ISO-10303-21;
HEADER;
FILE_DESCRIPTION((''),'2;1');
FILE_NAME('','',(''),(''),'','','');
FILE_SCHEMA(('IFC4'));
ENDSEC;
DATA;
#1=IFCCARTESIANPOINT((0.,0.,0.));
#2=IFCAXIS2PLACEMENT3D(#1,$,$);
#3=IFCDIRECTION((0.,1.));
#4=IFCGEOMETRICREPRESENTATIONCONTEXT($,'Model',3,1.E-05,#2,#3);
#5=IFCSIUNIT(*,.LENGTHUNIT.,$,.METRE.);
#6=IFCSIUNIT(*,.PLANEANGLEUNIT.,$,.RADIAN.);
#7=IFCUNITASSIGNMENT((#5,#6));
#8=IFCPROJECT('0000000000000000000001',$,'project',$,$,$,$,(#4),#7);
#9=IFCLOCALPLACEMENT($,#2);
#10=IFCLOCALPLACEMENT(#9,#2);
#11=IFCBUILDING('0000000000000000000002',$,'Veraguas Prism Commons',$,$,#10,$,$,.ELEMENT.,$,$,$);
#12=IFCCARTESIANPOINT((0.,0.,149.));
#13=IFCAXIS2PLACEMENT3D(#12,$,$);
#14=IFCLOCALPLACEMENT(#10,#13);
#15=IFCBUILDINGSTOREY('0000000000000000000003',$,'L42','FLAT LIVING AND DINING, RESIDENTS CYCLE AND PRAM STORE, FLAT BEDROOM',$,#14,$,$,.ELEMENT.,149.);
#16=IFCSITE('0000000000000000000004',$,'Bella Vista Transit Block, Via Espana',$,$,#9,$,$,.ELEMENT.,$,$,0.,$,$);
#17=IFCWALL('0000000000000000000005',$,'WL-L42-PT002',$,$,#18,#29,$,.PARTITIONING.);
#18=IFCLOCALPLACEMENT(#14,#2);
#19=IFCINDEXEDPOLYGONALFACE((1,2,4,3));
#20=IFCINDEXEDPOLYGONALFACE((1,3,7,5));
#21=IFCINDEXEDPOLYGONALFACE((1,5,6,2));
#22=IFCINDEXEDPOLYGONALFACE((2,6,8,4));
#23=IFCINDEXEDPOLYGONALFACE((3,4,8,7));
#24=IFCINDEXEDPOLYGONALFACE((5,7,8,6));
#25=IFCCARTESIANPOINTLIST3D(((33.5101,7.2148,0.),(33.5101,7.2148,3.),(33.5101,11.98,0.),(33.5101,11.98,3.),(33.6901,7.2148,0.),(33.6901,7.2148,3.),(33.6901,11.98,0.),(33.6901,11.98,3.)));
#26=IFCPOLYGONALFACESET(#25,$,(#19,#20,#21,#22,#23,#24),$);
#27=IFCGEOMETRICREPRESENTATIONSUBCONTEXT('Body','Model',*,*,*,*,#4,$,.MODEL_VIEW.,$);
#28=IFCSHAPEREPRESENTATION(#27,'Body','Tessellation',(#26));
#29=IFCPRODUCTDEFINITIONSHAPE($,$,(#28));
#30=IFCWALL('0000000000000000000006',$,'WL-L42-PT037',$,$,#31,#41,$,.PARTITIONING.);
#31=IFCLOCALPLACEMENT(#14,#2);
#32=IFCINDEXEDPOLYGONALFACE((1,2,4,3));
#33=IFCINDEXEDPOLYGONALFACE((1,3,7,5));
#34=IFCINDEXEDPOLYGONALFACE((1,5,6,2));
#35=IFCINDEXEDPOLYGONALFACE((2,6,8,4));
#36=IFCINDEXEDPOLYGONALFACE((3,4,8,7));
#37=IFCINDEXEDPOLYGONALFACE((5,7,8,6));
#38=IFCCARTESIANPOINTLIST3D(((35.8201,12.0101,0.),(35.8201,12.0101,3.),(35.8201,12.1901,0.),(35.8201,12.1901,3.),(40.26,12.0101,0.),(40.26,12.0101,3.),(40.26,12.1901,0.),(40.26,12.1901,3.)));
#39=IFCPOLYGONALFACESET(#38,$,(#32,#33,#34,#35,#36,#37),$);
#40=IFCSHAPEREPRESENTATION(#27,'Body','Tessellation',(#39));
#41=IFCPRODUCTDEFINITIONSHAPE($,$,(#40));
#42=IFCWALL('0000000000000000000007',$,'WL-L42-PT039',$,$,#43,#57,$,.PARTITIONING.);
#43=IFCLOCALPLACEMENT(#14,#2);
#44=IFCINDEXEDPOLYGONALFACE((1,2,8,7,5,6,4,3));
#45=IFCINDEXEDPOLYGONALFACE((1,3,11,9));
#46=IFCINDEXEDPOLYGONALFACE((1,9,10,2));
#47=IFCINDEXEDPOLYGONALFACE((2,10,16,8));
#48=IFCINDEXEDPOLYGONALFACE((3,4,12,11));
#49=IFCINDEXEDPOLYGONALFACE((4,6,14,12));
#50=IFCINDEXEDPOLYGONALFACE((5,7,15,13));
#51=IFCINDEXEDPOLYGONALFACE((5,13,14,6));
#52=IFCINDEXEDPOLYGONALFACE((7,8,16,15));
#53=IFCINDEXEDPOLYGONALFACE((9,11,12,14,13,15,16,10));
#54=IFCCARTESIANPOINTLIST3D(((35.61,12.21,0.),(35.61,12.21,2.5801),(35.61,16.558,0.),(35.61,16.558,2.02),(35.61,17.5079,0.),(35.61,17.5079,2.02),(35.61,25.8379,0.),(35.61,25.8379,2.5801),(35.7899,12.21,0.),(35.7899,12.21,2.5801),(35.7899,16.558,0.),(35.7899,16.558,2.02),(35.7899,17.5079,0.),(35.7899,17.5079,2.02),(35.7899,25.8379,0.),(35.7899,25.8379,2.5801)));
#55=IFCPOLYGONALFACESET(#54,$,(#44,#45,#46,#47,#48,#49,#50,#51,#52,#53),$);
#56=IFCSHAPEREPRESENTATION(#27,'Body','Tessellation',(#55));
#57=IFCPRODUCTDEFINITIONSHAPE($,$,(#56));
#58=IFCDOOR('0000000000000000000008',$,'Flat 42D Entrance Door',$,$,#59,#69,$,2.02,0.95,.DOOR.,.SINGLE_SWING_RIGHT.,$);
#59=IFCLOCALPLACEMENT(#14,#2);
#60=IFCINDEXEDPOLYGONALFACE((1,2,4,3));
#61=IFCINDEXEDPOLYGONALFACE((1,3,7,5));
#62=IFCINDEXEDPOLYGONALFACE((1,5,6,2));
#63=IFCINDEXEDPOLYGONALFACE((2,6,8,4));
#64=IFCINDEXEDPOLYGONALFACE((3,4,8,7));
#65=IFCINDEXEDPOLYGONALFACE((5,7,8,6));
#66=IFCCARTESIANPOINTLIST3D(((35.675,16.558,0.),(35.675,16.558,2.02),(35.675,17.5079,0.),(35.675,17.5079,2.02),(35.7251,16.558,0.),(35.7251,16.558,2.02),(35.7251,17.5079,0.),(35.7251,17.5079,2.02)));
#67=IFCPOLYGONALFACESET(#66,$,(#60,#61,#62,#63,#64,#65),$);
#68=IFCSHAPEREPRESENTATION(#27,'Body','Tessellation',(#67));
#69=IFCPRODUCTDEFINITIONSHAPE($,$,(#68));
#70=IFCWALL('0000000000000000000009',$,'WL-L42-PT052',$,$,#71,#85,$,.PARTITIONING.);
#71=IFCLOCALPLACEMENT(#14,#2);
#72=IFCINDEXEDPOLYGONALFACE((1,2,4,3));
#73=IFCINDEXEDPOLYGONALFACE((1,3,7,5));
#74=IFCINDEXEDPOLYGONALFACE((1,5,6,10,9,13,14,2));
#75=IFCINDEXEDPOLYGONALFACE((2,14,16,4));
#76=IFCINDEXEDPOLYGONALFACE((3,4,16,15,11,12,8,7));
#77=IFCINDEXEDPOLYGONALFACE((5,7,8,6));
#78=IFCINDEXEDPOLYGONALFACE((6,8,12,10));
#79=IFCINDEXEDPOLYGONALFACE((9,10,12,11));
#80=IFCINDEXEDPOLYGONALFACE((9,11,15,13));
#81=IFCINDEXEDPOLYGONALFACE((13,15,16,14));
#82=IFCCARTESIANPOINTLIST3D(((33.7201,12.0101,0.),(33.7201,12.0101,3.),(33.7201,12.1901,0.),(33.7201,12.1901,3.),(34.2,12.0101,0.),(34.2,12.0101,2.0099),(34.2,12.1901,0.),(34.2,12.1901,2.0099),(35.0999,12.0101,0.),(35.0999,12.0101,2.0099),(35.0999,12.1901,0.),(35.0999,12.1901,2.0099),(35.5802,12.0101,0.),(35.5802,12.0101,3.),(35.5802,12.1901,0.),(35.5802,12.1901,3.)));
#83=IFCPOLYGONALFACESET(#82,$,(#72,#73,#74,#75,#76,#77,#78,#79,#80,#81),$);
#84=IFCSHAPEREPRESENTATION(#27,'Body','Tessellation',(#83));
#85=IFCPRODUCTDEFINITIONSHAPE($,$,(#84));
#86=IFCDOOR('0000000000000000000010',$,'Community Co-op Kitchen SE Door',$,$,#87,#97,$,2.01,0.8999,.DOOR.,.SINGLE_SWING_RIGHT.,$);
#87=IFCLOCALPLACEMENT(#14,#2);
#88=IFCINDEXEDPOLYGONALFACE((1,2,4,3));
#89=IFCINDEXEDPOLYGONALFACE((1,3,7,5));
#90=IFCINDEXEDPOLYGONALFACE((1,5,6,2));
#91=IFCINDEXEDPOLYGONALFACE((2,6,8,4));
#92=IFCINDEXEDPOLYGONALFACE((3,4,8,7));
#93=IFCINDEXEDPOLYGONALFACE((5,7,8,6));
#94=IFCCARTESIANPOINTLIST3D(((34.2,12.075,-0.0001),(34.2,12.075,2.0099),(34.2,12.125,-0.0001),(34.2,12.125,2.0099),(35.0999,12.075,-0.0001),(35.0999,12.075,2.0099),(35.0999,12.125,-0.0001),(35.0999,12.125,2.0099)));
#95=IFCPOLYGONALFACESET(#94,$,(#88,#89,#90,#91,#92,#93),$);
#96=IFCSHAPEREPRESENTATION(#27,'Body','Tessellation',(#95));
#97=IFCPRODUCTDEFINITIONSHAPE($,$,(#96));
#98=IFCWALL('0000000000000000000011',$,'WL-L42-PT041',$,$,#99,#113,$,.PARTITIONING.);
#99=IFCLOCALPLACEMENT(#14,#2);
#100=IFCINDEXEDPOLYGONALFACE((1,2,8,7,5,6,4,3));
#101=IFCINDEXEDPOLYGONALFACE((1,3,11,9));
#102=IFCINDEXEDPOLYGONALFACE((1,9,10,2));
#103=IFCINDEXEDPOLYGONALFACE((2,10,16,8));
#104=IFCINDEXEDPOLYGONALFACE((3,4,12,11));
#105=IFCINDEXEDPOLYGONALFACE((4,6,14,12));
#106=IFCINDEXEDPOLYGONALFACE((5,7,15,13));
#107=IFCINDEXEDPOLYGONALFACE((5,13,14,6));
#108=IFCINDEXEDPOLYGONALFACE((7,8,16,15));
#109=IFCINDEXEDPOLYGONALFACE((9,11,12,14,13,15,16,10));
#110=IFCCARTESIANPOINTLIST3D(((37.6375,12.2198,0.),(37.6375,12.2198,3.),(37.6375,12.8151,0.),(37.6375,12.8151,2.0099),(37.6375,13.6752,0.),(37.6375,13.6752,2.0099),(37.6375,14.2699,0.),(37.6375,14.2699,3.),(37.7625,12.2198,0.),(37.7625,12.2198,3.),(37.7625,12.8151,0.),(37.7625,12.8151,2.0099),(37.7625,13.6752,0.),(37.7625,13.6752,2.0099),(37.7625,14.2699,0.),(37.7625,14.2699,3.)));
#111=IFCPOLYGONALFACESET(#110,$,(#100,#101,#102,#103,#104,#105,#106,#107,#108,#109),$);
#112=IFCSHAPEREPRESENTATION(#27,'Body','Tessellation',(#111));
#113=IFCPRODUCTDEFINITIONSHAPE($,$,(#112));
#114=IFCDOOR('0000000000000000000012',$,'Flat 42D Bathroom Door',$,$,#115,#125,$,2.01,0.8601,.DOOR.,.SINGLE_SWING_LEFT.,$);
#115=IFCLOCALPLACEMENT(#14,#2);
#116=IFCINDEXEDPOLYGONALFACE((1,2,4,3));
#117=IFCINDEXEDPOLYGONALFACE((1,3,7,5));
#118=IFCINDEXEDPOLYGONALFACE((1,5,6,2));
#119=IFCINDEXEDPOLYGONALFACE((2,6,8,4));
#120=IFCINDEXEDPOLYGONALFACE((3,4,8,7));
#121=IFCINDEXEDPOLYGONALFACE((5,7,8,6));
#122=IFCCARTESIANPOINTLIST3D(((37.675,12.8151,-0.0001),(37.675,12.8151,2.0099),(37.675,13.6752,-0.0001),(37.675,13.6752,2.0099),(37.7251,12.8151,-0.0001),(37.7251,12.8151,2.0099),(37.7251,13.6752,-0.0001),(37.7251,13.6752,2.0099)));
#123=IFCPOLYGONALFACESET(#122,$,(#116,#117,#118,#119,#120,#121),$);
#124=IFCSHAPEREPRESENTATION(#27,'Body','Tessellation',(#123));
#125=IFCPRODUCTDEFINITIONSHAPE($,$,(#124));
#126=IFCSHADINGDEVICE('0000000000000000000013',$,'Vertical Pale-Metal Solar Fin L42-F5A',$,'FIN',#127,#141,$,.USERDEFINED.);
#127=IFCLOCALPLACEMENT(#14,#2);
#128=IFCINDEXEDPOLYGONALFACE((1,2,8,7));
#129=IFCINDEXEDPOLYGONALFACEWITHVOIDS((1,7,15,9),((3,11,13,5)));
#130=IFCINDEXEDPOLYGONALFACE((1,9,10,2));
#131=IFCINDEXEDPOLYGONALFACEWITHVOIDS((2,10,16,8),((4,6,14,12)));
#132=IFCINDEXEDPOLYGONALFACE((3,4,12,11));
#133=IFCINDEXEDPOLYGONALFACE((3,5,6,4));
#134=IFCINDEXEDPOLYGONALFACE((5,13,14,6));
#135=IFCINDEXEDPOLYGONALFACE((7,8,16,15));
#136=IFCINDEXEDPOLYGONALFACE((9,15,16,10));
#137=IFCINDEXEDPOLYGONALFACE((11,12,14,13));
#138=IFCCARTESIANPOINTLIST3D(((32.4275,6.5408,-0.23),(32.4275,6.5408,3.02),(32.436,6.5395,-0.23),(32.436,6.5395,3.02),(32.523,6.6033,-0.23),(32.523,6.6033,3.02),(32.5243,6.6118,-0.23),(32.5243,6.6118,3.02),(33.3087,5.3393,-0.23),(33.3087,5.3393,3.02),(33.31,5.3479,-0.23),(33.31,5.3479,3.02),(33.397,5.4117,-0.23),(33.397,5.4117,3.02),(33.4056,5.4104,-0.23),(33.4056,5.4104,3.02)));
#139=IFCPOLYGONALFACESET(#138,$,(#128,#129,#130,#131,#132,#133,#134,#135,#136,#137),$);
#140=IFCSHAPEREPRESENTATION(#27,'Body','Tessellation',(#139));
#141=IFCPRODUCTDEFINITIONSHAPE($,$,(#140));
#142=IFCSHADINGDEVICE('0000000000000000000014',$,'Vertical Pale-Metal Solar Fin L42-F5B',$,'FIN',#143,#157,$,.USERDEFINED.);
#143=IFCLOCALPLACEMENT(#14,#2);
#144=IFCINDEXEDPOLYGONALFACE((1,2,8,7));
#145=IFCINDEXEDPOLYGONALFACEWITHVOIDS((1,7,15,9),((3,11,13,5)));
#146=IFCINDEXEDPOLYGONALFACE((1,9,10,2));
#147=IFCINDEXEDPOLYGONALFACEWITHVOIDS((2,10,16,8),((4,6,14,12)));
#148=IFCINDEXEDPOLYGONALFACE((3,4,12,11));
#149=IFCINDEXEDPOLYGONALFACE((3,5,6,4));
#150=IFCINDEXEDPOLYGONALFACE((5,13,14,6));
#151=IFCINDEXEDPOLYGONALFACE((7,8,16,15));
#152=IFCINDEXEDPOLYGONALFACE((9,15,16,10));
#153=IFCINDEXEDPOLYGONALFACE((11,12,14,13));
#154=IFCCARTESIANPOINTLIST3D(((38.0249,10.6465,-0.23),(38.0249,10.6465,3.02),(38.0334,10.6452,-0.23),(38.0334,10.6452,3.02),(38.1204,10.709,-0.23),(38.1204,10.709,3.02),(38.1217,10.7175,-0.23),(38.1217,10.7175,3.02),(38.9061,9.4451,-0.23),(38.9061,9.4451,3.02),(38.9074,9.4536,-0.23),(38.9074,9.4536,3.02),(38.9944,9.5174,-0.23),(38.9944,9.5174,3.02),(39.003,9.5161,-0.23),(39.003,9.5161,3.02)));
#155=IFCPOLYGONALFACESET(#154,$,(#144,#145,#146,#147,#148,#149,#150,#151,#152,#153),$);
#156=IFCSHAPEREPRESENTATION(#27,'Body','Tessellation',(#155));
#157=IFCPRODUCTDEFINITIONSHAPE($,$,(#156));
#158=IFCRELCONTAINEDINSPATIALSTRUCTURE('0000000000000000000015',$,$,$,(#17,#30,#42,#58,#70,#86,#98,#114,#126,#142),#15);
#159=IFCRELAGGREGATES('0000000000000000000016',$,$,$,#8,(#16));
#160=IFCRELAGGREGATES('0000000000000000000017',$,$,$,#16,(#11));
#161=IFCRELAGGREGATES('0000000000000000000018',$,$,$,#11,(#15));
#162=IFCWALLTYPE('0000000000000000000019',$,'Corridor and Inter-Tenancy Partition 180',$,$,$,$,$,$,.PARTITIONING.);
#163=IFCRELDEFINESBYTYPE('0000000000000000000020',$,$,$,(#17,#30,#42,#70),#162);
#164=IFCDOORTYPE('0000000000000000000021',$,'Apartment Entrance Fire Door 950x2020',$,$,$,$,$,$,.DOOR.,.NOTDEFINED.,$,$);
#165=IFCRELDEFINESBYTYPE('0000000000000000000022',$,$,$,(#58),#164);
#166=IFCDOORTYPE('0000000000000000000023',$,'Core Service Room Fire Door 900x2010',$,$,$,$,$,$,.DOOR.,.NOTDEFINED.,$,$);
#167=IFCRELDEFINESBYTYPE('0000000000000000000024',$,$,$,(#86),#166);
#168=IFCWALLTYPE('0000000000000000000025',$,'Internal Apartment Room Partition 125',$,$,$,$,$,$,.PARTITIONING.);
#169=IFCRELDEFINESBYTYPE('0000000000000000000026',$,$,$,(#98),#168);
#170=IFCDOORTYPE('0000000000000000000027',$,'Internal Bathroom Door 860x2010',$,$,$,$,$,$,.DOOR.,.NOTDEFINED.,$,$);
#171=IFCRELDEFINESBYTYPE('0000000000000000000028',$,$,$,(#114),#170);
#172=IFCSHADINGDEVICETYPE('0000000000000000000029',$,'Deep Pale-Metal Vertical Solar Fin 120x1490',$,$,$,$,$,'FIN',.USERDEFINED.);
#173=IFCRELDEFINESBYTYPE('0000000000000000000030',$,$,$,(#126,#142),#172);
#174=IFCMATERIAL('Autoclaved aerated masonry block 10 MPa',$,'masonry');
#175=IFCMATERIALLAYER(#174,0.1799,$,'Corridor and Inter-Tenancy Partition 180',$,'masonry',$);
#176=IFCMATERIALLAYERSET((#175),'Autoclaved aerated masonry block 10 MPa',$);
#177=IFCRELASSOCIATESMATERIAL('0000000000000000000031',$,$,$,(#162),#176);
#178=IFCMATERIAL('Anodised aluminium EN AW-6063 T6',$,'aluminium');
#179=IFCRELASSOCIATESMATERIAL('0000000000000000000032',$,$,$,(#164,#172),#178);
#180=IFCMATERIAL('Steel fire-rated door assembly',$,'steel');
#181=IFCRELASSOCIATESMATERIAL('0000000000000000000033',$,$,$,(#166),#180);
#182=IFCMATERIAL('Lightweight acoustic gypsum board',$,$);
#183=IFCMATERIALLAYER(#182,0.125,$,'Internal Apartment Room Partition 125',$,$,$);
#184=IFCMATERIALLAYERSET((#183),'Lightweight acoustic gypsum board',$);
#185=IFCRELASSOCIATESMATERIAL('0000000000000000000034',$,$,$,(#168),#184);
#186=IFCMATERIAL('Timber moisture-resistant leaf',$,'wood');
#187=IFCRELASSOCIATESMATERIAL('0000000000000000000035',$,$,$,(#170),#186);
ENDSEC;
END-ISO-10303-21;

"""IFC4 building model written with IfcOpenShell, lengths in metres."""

from ifc_helpers import new_model, si_unit, direction, frame, frame_2d, origin, origin_2d, place, context, subcontext, project, spatial, rectangle, hollow_rectangle, extrude, source, transform, mapped, material, layer, layer_set, material_profile, profile_set, type_object, element, fill, save


model = new_model("IFC4")

# Units and contexts
model_context = context("Model", 3, precision=1e-05, world=origin(), true_north=direction((0.0, 1.0)))
body_context = subcontext(model_context, "Body", "Model", "MODEL_VIEW")
ifc_project = project(units=[si_unit("LENGTHUNIT", "METRE"), si_unit("PLANEANGLEUNIT", "RADIAN")], contexts=[model_context])

# Site, building, storey
site_placement = place(None, origin())
site = spatial("IfcSite", under=ifc_project, at=site_placement, Name="Bella Vista Transit Block, Via Espana", CompositionType="ELEMENT", RefElevation=0.0)
building_placement = place(site_placement, origin())
building = spatial("IfcBuilding", under=site, at=building_placement, Name="Veraguas Prism Commons", CompositionType="ELEMENT")
storey_placement = place(building_placement, frame((0.0, 0.0, 149.0)))
storey = spatial("IfcBuildingStorey", under=building, at=storey_placement, Name="L42", Description="FLAT LIVING AND DINING, RESIDENTS CYCLE AND PRAM STORE, FLAT BEDROOM", CompositionType="ELEMENT", Elevation=149.0)

# Shared definitions
ifc_material_1 = material(Name="Anodised aluminium EN AW-6063 T6", Category="aluminium")

# Walls
ifc_material_2 = material(Name="Autoclaved aerated masonry block 10 MPa", Category="masonry")
ifc_layer_1 = layer(ifc_material_2, 0.1799, Name="Corridor and Inter-Tenancy Partition 180", Category="masonry")
ifc_layer_set_1 = layer_set([ifc_layer_1], Name="Autoclaved aerated masonry block 10 MPa")
wall_type_1 = type_object("IfcWallType", Name="Corridor and Inter-Tenancy Partition 180", PredefinedType="PARTITIONING", material=ifc_layer_set_1)
wall_1_placement = place(storey_placement, frame((33.6001, 11.98, 0.0), z_axis=(0.0, 0.0, 1.0), x_axis=(0.0, -1.0, 0.0)))
element("IfcWall", 1, at=wall_1_placement, inside=storey, type_object=wall_type_1, Name="WL-L42-PT002", PredefinedType="PARTITIONING", context=body_context, shape_type="SweptSolid", body=[
    extrude(rectangle(XDim=4.7651, YDim=0.1799, at=frame_2d((2.3826, 0.0))), origin(), (0.0, 0.0, 1.0), 3.0),
])
wall_2_placement = place(storey_placement, frame((35.8201, 12.1001, 0.0), z_axis=(0.0, 0.0, 1.0), x_axis=(1.0, 0.0, 0.0)))
element("IfcWall", 2, at=wall_2_placement, inside=storey, type_object=wall_type_1, Name="WL-L42-PT037", PredefinedType="PARTITIONING", context=body_context, shape_type="SweptSolid", body=[
    extrude(rectangle(XDim=4.4399, YDim=0.1799, at=frame_2d((2.22, 0.0))), origin(), (0.0, 0.0, 1.0), 3.0),
])

# Walls, openings, doors
wall_3_placement = place(storey_placement, frame((35.7, 12.21, 0.0), z_axis=(0.0, 0.0, 1.0), x_axis=(0.0, 1.0, 0.0)))
wall_3 = element("IfcWall", 3, at=wall_3_placement, inside=storey, type_object=wall_type_1, Name="WL-L42-PT039", PredefinedType="PARTITIONING", context=body_context, shape_type="SweptSolid", body=[
    extrude(rectangle(XDim=13.6279, YDim=0.1799, at=frame_2d((6.814, 0.0))), origin(), (0.0, 0.0, 1.0), 2.5801),
])
opening_1_placement = place(wall_3_placement, frame((4.3479, 0.0, 0.0)))
opening_1 = element("IfcOpeningElement", 4, at=opening_1_placement, cuts=wall_3, PredefinedType="OPENING", context=body_context, shape_type="SweptSolid", body=[
    extrude(rectangle(XDim=0.95, YDim=2.02, at=frame_2d((0.4751, 1.01))), frame((0.0, 0.0999, 0.0), z_axis=(0.0, -1.0, 0.0), x_axis=(1.0, 0.0, 0.0)), (0.0, 0.0, 1.0), 0.2),
])
door_type_1 = type_object("IfcDoorType", Name="Apartment Entrance Fire Door 950x2020", OperationType="NOTDEFINED", PredefinedType="DOOR", material=ifc_material_1)
shared_shape_1 = source(origin(), body_context, "Body", "SweptSolid", [
    extrude(rectangle(XDim=0.95, YDim=2.02, at=frame_2d((0.4751, 1.01))), frame((0.0, 0.0249, 0.0), z_axis=(0.0, -1.0, 0.0), x_axis=(1.0, 0.0, 0.0)), (0.0, 0.0, 1.0), 0.05),
])
door_1_placement = place(opening_1_placement, origin())
door_1 = element("IfcDoor", 5, at=door_1_placement, inside=storey, type_object=door_type_1, Name="Flat 42D Entrance Door", OperationType="SINGLE_SWING_RIGHT", OverallHeight=2.02, OverallWidth=0.95, PredefinedType="DOOR", context=body_context, shape_type="MappedRepresentation", body=[
    mapped(shared_shape_1, transform((0.0, 0.0, 0.0), scale=1.0)),
])
fill(opening_1, door_1)
wall_4_placement = place(storey_placement, frame((33.72, 12.1001, 0.0), z_axis=(0.0, 0.0, 1.0), x_axis=(1.0, 0.0, 0.0)))
wall_4 = element("IfcWall", 6, at=wall_4_placement, inside=storey, type_object=wall_type_1, Name="WL-L42-PT052", PredefinedType="PARTITIONING", context=body_context, shape_type="SweptSolid", body=[
    extrude(rectangle(XDim=1.8601, YDim=0.1799, at=frame_2d((0.9302, 0.0))), origin(), (0.0, 0.0, 1.0), 3.0),
])
opening_2_placement = place(wall_4_placement, frame((0.48, 0.0, 0.0)))
opening_2 = element("IfcOpeningElement", 7, at=opening_2_placement, cuts=wall_4, PredefinedType="OPENING", context=body_context, shape_type="SweptSolid", body=[
    extrude(rectangle(XDim=0.8999, YDim=2.01, at=frame_2d((0.45, 1.0049))), frame((0.0, 0.0999, 0.0), z_axis=(0.0, -1.0, 0.0), x_axis=(1.0, 0.0, 0.0)), (0.0, 0.0, 1.0), 0.2),
])
ifc_material_3 = material(Name="Steel fire-rated door assembly", Category="steel")
door_type_2 = type_object("IfcDoorType", Name="Core Service Room Fire Door 900x2010", OperationType="NOTDEFINED", PredefinedType="DOOR", material=ifc_material_3)
shared_shape_2 = source(origin(), body_context, "Body", "SweptSolid", [
    extrude(rectangle(XDim=0.8999, YDim=2.01, at=frame_2d((0.45, 1.0049))), frame((0.0, 0.0249, 0.0), z_axis=(0.0, -1.0, 0.0), x_axis=(1.0, 0.0, 0.0)), (0.0, 0.0, 1.0), 0.05),
])
door_2_placement = place(opening_2_placement, origin())
door_2 = element("IfcDoor", 8, at=door_2_placement, inside=storey, type_object=door_type_2, Name="Community Co-op Kitchen SE Door", OperationType="SINGLE_SWING_RIGHT", OverallHeight=2.01, OverallWidth=0.8999, PredefinedType="DOOR", context=body_context, shape_type="MappedRepresentation", body=[
    mapped(shared_shape_2, transform((0.0, 0.0, 0.0), scale=1.0)),
])
fill(opening_2, door_2)
ifc_material_4 = material(Name="Lightweight acoustic gypsum board")
ifc_layer_2 = layer(ifc_material_4, 0.125, Name="Internal Apartment Room Partition 125")
ifc_layer_set_2 = layer_set([ifc_layer_2], Name="Lightweight acoustic gypsum board")
wall_type_2 = type_object("IfcWallType", Name="Internal Apartment Room Partition 125", PredefinedType="PARTITIONING", material=ifc_layer_set_2)
wall_5_placement = place(storey_placement, frame((37.7, 12.22, 0.0), z_axis=(0.0, 0.0, 1.0), x_axis=(0.0, 1.0, 0.0)))
wall_5 = element("IfcWall", 9, at=wall_5_placement, inside=storey, type_object=wall_type_2, Name="WL-L42-PT041", PredefinedType="PARTITIONING", context=body_context, shape_type="SweptSolid", body=[
    extrude(rectangle(XDim=2.05, YDim=0.125, at=frame_2d((1.0249, 0.0))), origin(), (0.0, 0.0, 1.0), 3.0),
])
opening_3_placement = place(wall_5_placement, frame((0.595, 0.0, 0.0)))
opening_3 = element("IfcOpeningElement", 10, at=opening_3_placement, cuts=wall_5, PredefinedType="OPENING", context=body_context, shape_type="SweptSolid", body=[
    extrude(rectangle(XDim=0.8601, YDim=2.01, at=frame_2d((0.4302, 1.0049))), frame((0.0, 0.0725, 0.0), z_axis=(0.0, -1.0, 0.0), x_axis=(1.0, 0.0, 0.0)), (0.0, 0.0, 1.0), 0.145),
])
ifc_material_5 = material(Name="Timber moisture-resistant leaf", Category="wood")
door_type_3 = type_object("IfcDoorType", Name="Internal Bathroom Door 860x2010", OperationType="NOTDEFINED", PredefinedType="DOOR", material=ifc_material_5)
shared_shape_3 = source(origin(), body_context, "Body", "SweptSolid", [
    extrude(rectangle(XDim=0.8601, YDim=2.01, at=frame_2d((0.4302, 1.0049))), frame((0.0, 0.0249, 0.0), z_axis=(0.0, -1.0, 0.0), x_axis=(1.0, 0.0, 0.0)), (0.0, 0.0, 1.0), 0.05),
])
door_3_placement = place(opening_3_placement, origin())
door_3 = element("IfcDoor", 11, at=door_3_placement, inside=storey, type_object=door_type_3, Name="Flat 42D Bathroom Door", OperationType="SINGLE_SWING_LEFT", OverallHeight=2.01, OverallWidth=0.8601, PredefinedType="DOOR", context=body_context, shape_type="MappedRepresentation", body=[
    mapped(shared_shape_3, transform((0.0, 0.0, 0.0), scale=1.0)),
])
fill(opening_3, door_3)

# Shading devices
ifc_material_profile_1 = material_profile(ifc_material_1, hollow_rectangle(XDim=0.1201, YDim=1.49, WallThickness=0.0061, at=origin_2d()), Name="FIN120X1490X6")
ifc_profile_set_1 = profile_set([ifc_material_profile_1], Name="Anodised aluminium EN AW-6063 T6")
shading_device_type = type_object("IfcShadingDeviceType", Name="Deep Pale-Metal Vertical Solar Fin 120x1490", ElementType="FIN", PredefinedType="USERDEFINED", material=ifc_profile_set_1)
for number, where, z_axis, x_axis, name in (
    (12, (32.9165, 5.9756, -0.23), (0.0, 0.0, 1.0), (0.806343, 0.591448, 0.0), "Vertical Pale-Metal Solar Fin L42-F5A"),
    (13, (38.5139, 10.0813, -0.23), (0.0, 0.0, 1.0), (0.806343, 0.591448, 0.0), "Vertical Pale-Metal Solar Fin L42-F5B"),
):
    element("IfcShadingDevice", number, at=place(storey_placement, frame(where, z_axis=z_axis, x_axis=x_axis)), inside=storey, type_object=shading_device_type, Name=name, ObjectType="FIN", PredefinedType="USERDEFINED", context=body_context, shape_type="SweptSolid", body=[
        extrude(hollow_rectangle(XDim=0.1201, YDim=1.49, WallThickness=0.0061, at=origin_2d()), origin(), (0.0, 0.0, 1.0), 3.25),
    ])

save(model, "model.ifc")
